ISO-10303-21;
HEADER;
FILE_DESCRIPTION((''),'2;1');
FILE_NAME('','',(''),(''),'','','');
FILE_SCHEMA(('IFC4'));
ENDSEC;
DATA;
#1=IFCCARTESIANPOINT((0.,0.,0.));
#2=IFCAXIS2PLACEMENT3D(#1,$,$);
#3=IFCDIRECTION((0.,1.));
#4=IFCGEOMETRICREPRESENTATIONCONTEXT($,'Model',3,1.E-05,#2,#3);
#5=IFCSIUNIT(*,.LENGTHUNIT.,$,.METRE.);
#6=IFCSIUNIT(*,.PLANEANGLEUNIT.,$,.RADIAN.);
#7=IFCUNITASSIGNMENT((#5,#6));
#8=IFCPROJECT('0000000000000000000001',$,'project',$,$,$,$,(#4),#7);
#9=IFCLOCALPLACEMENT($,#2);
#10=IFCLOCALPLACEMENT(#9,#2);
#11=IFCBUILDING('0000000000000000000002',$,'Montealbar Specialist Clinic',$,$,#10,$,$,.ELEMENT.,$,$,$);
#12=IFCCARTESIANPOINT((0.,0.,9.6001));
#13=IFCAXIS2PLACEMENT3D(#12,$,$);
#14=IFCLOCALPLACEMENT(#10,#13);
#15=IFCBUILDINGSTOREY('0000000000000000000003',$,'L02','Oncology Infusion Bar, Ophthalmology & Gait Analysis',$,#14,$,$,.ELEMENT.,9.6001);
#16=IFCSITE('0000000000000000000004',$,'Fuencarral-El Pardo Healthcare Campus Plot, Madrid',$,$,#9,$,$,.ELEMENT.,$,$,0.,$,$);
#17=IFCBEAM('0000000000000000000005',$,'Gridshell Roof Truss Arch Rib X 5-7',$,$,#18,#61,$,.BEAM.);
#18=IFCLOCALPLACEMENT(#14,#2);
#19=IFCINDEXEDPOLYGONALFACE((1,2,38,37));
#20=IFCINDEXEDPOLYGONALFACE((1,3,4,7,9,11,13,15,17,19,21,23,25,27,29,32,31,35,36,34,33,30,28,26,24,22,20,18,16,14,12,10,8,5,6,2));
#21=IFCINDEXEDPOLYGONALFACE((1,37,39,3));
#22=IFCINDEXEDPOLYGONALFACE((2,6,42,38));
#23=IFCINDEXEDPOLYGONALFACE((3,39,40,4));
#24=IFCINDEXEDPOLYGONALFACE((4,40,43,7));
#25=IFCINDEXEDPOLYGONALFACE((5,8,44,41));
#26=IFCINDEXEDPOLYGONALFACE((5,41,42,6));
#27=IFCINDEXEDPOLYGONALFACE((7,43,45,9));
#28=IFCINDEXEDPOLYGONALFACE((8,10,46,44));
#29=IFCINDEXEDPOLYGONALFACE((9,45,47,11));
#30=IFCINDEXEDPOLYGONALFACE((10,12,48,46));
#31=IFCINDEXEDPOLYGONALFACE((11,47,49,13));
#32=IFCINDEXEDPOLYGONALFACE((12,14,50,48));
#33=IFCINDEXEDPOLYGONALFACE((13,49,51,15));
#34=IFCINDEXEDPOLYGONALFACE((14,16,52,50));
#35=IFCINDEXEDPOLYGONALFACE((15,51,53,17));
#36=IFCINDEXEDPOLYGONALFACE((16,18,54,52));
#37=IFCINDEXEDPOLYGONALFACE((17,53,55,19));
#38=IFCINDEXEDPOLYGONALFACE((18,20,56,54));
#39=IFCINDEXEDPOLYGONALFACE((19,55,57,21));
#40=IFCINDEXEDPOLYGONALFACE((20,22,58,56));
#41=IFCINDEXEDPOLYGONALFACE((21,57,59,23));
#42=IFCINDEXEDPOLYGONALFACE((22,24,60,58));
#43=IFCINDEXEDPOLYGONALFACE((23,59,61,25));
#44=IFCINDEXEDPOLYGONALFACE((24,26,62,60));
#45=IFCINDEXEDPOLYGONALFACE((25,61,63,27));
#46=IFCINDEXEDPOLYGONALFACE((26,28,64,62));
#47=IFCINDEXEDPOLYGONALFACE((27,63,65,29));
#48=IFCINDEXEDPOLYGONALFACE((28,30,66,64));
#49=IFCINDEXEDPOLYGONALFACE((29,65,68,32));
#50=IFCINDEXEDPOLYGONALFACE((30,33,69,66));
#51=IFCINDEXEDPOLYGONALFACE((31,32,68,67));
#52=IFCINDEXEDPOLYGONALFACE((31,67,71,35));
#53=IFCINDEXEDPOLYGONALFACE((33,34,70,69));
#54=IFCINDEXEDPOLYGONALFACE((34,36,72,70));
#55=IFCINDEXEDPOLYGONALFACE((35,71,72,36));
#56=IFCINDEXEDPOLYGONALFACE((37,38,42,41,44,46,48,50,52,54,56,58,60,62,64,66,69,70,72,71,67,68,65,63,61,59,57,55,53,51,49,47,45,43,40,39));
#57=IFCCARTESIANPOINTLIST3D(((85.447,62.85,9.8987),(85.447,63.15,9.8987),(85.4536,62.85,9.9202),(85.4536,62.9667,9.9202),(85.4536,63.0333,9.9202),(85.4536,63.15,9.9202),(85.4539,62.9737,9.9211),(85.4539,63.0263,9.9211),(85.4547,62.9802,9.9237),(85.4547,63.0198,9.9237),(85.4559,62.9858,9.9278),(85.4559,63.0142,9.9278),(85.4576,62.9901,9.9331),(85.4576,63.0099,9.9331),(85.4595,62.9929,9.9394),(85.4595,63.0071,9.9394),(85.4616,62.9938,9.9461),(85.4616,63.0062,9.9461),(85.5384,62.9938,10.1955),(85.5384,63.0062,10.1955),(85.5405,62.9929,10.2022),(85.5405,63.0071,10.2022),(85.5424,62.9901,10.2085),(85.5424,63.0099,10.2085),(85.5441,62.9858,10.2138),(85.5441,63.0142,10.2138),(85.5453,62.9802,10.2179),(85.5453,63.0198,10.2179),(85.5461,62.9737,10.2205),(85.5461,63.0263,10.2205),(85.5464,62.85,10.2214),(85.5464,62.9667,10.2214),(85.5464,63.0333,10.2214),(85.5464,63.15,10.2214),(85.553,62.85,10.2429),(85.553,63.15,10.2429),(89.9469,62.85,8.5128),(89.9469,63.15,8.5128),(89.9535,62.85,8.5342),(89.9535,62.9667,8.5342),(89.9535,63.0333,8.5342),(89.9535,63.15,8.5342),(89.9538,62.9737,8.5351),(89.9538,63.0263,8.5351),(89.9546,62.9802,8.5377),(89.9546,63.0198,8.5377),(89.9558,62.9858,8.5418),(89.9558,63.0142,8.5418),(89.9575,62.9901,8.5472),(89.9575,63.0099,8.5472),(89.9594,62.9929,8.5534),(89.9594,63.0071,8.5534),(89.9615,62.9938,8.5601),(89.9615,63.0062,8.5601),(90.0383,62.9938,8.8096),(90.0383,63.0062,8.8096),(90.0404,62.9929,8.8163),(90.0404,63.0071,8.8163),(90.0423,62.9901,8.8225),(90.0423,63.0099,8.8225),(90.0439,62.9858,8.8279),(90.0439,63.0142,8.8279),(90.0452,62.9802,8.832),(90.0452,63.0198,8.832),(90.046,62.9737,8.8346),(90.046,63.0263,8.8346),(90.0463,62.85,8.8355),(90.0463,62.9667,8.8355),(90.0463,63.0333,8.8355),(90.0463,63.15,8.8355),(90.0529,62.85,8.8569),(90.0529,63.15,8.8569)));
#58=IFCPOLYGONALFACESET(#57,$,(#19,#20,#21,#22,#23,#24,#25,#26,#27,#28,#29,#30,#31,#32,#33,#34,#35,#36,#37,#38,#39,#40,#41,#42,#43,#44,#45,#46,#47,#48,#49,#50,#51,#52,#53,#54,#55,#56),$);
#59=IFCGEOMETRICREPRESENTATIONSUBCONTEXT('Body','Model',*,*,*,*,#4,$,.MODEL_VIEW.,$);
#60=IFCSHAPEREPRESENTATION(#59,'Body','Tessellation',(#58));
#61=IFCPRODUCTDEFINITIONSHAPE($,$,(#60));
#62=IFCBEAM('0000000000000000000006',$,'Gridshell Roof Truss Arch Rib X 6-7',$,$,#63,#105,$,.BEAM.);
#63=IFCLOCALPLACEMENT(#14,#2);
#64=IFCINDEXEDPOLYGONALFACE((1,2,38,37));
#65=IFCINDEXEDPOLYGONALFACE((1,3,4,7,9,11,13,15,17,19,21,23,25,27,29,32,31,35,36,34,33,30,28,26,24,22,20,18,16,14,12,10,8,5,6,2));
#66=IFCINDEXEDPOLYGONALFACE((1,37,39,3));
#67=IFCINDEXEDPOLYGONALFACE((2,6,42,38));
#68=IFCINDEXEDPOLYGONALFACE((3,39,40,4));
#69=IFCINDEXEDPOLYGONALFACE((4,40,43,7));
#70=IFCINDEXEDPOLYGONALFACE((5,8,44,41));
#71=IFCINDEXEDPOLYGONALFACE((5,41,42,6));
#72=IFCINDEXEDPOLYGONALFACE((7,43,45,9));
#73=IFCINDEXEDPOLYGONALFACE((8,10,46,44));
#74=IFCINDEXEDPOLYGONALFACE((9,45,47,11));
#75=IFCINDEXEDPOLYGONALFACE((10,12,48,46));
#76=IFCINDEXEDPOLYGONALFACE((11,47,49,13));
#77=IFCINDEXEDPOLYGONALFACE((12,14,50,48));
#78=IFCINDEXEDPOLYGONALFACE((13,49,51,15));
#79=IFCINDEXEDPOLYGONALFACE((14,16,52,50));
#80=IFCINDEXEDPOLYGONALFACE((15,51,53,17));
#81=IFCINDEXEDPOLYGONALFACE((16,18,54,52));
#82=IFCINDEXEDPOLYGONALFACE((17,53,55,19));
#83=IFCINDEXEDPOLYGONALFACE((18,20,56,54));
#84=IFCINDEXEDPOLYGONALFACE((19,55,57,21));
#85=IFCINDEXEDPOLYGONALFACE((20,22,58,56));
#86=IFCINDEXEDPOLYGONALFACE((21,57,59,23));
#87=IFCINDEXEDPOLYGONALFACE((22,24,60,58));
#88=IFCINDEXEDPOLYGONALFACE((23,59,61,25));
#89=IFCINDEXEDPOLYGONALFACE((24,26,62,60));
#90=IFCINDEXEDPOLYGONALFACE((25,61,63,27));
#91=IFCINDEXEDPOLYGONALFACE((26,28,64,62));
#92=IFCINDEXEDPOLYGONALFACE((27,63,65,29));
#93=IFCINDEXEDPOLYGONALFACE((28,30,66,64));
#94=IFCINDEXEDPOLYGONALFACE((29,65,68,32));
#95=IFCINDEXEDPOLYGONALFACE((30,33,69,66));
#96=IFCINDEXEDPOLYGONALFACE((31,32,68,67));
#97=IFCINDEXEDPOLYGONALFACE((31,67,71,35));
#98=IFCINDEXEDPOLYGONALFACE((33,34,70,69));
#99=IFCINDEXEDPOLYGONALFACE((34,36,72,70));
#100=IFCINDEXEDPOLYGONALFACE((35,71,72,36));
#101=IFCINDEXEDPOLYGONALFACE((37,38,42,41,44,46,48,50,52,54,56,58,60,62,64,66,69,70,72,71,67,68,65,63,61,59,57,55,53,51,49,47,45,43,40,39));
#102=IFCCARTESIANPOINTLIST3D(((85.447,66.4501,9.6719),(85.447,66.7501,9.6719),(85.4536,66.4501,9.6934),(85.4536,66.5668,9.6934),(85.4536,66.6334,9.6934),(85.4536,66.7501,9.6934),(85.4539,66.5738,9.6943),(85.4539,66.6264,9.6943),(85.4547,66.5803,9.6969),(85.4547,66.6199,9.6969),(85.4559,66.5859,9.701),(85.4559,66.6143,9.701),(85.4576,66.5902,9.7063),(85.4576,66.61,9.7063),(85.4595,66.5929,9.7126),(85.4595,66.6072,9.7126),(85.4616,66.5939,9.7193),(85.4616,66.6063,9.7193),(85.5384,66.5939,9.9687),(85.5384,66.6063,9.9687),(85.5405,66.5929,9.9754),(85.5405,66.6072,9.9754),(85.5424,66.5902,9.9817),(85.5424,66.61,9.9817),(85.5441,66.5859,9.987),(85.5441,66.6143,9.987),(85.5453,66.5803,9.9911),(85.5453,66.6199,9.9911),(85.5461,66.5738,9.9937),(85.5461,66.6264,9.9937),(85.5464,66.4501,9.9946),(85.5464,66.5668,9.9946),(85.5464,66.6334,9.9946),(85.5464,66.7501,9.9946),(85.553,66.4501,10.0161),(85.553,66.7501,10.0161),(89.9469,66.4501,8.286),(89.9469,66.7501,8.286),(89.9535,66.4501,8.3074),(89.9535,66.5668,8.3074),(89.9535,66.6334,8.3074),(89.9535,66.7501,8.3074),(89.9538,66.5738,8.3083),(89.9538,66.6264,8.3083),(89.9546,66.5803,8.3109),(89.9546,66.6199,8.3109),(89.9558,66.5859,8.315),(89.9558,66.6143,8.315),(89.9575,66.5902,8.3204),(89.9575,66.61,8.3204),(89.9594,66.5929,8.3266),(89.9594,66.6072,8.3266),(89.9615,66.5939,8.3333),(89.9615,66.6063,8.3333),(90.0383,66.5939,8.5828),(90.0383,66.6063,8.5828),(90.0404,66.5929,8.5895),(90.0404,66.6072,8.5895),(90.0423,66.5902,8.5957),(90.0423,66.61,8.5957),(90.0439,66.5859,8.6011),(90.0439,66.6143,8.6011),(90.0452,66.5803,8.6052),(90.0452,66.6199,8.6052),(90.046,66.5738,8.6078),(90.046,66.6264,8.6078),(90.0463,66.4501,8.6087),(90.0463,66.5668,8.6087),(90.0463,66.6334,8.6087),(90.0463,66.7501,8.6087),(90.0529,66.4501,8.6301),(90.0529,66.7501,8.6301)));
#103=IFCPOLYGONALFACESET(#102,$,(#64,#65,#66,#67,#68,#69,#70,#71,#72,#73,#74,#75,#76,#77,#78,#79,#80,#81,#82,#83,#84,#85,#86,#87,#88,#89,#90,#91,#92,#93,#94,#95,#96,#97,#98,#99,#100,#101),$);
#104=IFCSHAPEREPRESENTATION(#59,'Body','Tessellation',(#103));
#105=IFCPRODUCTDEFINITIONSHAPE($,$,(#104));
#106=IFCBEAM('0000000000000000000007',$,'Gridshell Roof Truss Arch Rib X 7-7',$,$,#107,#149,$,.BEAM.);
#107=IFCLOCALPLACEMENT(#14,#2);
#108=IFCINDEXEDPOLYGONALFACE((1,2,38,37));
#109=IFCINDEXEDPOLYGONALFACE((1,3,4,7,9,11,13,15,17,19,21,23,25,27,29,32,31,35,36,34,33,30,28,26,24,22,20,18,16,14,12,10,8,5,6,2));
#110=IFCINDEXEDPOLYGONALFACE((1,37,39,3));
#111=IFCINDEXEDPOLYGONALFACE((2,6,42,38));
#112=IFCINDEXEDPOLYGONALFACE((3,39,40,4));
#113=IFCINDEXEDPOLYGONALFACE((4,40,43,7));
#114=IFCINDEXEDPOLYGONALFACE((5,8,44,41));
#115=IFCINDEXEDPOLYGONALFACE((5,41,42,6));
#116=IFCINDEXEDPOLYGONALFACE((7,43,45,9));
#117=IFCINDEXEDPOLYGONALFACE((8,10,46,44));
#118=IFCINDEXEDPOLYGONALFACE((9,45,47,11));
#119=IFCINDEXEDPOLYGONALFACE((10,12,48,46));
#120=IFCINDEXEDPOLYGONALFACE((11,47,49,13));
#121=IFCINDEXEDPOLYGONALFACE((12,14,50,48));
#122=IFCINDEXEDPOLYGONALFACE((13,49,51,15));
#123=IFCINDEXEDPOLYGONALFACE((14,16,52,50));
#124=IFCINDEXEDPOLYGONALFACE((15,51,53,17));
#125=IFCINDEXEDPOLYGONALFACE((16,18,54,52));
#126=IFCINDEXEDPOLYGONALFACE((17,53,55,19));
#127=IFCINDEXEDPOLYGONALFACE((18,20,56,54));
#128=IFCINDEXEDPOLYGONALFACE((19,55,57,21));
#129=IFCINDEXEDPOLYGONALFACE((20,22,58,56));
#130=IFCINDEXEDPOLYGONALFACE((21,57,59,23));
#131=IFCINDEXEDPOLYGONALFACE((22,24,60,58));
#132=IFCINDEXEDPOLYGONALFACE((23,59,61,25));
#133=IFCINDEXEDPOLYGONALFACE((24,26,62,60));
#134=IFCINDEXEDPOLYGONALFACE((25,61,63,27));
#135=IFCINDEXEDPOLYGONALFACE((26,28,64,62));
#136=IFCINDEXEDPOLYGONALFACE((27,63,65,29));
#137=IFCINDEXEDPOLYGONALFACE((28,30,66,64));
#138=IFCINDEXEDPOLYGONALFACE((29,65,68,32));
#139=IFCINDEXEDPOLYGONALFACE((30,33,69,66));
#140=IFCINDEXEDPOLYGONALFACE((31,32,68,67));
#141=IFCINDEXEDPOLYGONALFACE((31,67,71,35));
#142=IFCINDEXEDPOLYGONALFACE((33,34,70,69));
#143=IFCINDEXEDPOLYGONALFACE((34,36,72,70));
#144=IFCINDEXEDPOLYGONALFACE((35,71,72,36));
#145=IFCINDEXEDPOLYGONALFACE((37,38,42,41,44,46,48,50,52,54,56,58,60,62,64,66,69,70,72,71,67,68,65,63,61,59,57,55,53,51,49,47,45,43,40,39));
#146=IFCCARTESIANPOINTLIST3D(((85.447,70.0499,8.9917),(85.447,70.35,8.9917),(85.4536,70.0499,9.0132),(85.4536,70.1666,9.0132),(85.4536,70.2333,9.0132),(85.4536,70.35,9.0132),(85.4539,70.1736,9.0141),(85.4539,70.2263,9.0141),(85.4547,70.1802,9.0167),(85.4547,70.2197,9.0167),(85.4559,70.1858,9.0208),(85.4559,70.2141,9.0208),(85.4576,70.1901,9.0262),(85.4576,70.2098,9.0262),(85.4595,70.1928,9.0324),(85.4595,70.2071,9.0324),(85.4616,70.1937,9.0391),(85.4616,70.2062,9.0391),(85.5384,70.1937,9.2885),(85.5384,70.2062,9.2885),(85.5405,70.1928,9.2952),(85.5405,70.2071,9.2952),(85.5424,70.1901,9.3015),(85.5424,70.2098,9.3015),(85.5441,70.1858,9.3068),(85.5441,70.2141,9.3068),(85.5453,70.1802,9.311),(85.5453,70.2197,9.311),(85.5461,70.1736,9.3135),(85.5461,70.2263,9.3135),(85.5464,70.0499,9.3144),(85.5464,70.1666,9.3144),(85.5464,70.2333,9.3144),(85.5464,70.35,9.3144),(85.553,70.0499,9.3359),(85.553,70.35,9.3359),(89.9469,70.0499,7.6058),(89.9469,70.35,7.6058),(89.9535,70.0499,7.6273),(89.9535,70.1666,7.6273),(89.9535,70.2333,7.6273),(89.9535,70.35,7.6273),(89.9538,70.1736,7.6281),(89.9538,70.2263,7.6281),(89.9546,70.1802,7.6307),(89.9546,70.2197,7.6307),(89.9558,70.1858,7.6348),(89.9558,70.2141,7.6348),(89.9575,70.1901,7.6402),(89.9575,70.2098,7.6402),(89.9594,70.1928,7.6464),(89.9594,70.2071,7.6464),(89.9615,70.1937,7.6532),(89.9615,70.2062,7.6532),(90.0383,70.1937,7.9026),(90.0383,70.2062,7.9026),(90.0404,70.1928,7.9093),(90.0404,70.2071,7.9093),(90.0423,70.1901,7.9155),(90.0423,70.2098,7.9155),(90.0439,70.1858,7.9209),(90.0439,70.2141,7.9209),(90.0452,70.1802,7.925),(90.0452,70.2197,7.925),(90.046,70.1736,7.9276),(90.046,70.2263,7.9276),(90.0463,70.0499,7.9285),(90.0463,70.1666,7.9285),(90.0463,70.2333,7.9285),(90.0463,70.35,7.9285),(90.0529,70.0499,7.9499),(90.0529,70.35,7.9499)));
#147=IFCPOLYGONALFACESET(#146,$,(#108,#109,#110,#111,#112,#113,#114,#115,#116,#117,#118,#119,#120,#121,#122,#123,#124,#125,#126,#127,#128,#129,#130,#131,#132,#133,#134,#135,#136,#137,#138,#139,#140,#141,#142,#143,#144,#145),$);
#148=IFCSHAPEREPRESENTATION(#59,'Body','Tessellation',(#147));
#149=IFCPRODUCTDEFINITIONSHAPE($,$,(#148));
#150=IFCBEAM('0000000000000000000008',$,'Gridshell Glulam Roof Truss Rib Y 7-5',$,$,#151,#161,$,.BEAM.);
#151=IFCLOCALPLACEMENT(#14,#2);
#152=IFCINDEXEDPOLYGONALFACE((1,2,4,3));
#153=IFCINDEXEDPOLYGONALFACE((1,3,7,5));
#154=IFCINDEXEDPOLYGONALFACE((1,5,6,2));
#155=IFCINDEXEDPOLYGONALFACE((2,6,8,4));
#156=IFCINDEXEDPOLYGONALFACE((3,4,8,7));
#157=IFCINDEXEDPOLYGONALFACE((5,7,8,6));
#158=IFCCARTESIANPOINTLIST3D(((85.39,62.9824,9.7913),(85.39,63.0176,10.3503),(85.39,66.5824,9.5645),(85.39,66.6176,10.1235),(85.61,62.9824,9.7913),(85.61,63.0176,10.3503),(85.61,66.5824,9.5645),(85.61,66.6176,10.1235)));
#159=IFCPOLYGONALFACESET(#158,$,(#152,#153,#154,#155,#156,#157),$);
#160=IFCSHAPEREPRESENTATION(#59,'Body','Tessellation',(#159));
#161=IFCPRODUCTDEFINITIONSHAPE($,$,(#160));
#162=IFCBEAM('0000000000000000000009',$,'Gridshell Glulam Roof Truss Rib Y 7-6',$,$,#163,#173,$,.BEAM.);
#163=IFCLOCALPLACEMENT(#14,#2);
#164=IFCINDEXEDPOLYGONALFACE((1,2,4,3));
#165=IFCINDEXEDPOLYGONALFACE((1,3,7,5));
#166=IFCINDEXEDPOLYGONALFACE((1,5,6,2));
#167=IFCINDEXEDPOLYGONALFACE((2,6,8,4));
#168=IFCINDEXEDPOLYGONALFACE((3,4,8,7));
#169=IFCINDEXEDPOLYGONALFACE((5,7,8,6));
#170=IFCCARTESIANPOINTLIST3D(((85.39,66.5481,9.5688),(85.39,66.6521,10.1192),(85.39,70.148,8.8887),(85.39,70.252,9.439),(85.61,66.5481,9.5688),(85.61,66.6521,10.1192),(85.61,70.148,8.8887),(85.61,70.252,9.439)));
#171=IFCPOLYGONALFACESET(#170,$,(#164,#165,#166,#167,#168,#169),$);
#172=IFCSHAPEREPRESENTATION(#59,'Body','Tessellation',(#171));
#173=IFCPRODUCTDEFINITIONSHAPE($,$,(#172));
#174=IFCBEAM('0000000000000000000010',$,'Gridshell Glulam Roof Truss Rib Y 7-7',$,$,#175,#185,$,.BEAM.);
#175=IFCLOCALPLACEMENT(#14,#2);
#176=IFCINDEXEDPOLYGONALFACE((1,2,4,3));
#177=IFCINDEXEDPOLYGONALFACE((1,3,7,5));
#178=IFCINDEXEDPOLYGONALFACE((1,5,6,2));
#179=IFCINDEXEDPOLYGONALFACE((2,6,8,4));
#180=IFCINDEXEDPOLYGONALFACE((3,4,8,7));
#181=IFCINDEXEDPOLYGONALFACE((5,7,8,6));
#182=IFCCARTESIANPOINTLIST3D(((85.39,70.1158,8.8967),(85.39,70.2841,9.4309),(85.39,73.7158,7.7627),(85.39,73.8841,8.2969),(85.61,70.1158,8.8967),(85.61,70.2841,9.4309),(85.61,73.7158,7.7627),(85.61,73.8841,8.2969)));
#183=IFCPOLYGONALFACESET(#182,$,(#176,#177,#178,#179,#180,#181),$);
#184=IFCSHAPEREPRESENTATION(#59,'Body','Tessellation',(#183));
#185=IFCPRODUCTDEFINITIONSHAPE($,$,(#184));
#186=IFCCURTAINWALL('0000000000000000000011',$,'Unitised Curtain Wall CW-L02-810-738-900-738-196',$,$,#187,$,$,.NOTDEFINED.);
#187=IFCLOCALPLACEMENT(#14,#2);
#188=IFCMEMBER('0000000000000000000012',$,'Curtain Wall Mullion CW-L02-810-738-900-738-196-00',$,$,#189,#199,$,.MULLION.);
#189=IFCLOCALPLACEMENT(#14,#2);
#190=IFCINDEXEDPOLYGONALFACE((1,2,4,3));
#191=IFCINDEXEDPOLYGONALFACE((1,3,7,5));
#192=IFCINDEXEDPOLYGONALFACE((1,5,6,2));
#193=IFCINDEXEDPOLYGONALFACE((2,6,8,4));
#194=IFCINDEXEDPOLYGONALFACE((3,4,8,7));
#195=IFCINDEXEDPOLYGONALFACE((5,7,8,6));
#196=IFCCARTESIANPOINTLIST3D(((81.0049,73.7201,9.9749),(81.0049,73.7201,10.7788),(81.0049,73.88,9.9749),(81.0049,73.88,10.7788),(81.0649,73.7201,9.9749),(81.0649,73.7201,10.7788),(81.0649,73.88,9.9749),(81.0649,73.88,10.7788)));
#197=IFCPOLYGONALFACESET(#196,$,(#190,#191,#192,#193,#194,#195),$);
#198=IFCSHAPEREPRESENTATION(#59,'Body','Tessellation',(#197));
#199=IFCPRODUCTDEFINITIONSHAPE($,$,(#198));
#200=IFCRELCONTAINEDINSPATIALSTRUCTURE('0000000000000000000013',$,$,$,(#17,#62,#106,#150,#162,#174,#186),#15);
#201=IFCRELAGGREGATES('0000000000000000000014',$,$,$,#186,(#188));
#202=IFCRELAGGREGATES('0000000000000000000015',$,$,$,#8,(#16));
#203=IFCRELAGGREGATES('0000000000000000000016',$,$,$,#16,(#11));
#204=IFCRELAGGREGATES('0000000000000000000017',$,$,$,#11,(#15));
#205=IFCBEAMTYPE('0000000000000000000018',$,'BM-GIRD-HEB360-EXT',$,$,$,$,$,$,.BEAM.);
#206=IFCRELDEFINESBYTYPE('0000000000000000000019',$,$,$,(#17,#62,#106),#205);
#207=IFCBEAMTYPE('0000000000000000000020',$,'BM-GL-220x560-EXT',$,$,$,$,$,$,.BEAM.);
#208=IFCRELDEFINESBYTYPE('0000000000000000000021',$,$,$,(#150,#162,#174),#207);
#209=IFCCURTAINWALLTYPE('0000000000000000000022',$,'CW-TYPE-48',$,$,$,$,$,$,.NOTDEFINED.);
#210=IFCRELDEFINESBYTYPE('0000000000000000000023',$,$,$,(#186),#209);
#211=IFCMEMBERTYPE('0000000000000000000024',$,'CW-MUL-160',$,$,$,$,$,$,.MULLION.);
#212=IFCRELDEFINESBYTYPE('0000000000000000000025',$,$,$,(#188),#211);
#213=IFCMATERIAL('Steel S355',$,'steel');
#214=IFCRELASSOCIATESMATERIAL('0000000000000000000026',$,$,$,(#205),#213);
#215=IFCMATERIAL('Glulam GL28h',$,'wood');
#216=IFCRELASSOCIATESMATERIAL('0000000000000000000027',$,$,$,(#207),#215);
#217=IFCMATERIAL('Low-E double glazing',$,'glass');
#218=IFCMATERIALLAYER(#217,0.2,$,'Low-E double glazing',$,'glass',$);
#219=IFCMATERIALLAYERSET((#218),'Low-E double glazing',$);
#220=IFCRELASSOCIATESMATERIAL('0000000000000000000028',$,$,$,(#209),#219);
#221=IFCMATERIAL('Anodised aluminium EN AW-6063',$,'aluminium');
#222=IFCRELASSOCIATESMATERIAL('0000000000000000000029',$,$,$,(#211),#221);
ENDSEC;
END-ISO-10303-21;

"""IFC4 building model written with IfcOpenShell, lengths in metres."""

from ifc_helpers import new_model, si_unit, direction, frame, origin, origin_2d, place, context, subcontext, project, spatial, rectangle, i_section, extrude, material, layer, layer_set, material_profile, profile_set, type_object, element, aggregate, save


model = new_model("IFC4")

# Units and contexts
model_context = context("Model", 3, precision=1e-05, world=origin(), true_north=direction((0.0, 1.0)))
body_context = subcontext(model_context, "Body", "Model", "MODEL_VIEW")
ifc_project = project(units=[si_unit("LENGTHUNIT", "METRE"), si_unit("PLANEANGLEUNIT", "RADIAN")], contexts=[model_context])

# Site, building, storey
site_placement = place(None, origin())
site = spatial("IfcSite", under=ifc_project, at=site_placement, Name="Fuencarral-El Pardo Healthcare Campus Plot, Madrid", CompositionType="ELEMENT", RefElevation=0.0)
building_placement = place(site_placement, origin())
building = spatial("IfcBuilding", under=site, at=building_placement, Name="Montealbar Specialist Clinic", CompositionType="ELEMENT")
storey_placement = place(building_placement, frame((0.0, 0.0, 9.6001)))
storey = spatial("IfcBuildingStorey", under=building, at=storey_placement, Name="L02", Description="Oncology Infusion Bar, Ophthalmology & Gait Analysis", CompositionType="ELEMENT", Elevation=9.6001)

# Beams
ifc_material_1 = material(Name="Steel S355", Category="steel")
ifc_material_profile_1 = material_profile(ifc_material_1, i_section(OverallWidth=0.3, OverallDepth=0.3601, WebThickness=0.0125, FlangeThickness=0.0225, FilletRadius=0.0271, at=origin_2d()), Name="HEB 360", Category="steel")
ifc_profile_set_1 = profile_set([ifc_material_profile_1], Name="Steel S355")
beam_type_1 = type_object("IfcBeamType", Name="BM-GIRD-HEB360-EXT", PredefinedType="BEAM", material=ifc_profile_set_1)
for number, where, z_axis, x_axis, name in (
    (1, (85.5, 63.0, 10.0708), (0.955697, 0.0, -0.294352), (0.0, 1.0, 0.0), "Gridshell Roof Truss Arch Rib X 5-7"),
    (2, (85.5, 66.6001, 9.844), (0.955697, 0.0, -0.294352), (0.0, 1.0, 0.0), "Gridshell Roof Truss Arch Rib X 6-7"),
    (3, (85.5, 70.2, 9.1638), (0.955697, 0.0, -0.294352), (0.0, 1.0, 0.0), "Gridshell Roof Truss Arch Rib X 7-7"),
):
    element("IfcBeam", number, at=place(storey_placement, frame(where, z_axis=z_axis, x_axis=x_axis)), inside=storey, type_object=beam_type_1, Name=name, PredefinedType="BEAM", context=body_context, shape_type="SweptSolid", body=[
        extrude(i_section(OverallWidth=0.3, OverallDepth=0.3601, WebThickness=0.0125, FlangeThickness=0.0225, FilletRadius=0.0271, at=origin_2d()), origin(), (0.0, 0.0, 1.0), 4.7085),
    ])
ifc_material_2 = material(Name="Glulam GL28h", Category="wood")
ifc_material_profile_2 = material_profile(ifc_material_2, rectangle(XDim=0.22, YDim=0.5601, at=origin_2d()), Name="GL28h 220x560", Category="wood")
ifc_profile_set_2 = profile_set([ifc_material_profile_2], Name="Glulam GL28h")
beam_type_2 = type_object("IfcBeamType", Name="BM-GL-220x560-EXT", PredefinedType="BEAM", material=ifc_profile_set_2)
beam_1_placement = place(storey_placement, frame((85.5, 63.0, 10.0708), z_axis=(0.0, 0.998021, -0.062875), x_axis=(-1.0, 0.0, 0.0)))
element("IfcBeam", 4, at=beam_1_placement, inside=storey, type_object=beam_type_2, Name="Gridshell Glulam Roof Truss Rib Y 7-5", PredefinedType="BEAM", context=body_context, shape_type="SweptSolid", body=[
    extrude(rectangle(XDim=0.22, YDim=0.5601, at=origin_2d()), origin(), (0.0, 0.0, 1.0), 3.6072),
])
beam_2_placement = place(storey_placement, frame((85.5, 66.6001, 9.844), z_axis=(0.0, 0.982614, -0.18566), x_axis=(-1.0, 0.0, 0.0)))
element("IfcBeam", 5, at=beam_2_placement, inside=storey, type_object=beam_type_2, Name="Gridshell Glulam Roof Truss Rib Y 7-6", PredefinedType="BEAM", context=body_context, shape_type="SweptSolid", body=[
    extrude(rectangle(XDim=0.22, YDim=0.5601, at=origin_2d()), origin(), (0.0, 0.0, 1.0), 3.6636),
])
beam_3_placement = place(storey_placement, frame((85.5, 70.2, 9.1638), z_axis=(0.0, 0.953798, -0.300447), x_axis=(-1.0, 0.0, 0.0)))
element("IfcBeam", 6, at=beam_3_placement, inside=storey, type_object=beam_type_2, Name="Gridshell Glulam Roof Truss Rib Y 7-7", PredefinedType="BEAM", context=body_context, shape_type="SweptSolid", body=[
    extrude(rectangle(XDim=0.22, YDim=0.5601, at=origin_2d()), origin(), (0.0, 0.0, 1.0), 3.7744),
])

# Curtain wall, member
ifc_material_3 = material(Name="Low-E double glazing", Category="glass")
ifc_layer_1 = layer(ifc_material_3, 0.2, Name="Low-E double glazing", Category="glass")
ifc_layer_set_1 = layer_set([ifc_layer_1], Name="Low-E double glazing")
curtain_wall_type = type_object("IfcCurtainWallType", Name="CW-TYPE-48", PredefinedType="NOTDEFINED", material=ifc_layer_set_1)
curtain_wall_placement = place(storey_placement, origin())
curtain_wall = element("IfcCurtainWall", 7, at=curtain_wall_placement, inside=storey, type_object=curtain_wall_type, Name="Unitised Curtain Wall CW-L02-810-738-900-738-196", PredefinedType="NOTDEFINED")
ifc_material_4 = material(Name="Anodised aluminium EN AW-6063", Category="aluminium")
ifc_material_profile_3 = material_profile(ifc_material_4, rectangle(XDim=0.0601, YDim=0.1599, at=origin_2d()), Name="ALU 60x160", Category="aluminium")
ifc_profile_set_3 = profile_set([ifc_material_profile_3], Name="Anodised aluminium EN AW-6063")
member_type_1 = type_object("IfcMemberType", Name="CW-MUL-160", PredefinedType="MULLION", material=ifc_profile_set_3)
member_1_placement = place(storey_placement, frame((81.0349, 73.8, 9.9749), z_axis=(0.0, 0.0, 1.0), x_axis=(1.0, 0.0, 0.0)))
member_1 = element("IfcMember", 8, at=member_1_placement, type_object=member_type_1, Name="Curtain Wall Mullion CW-L02-810-738-900-738-196-00", PredefinedType="MULLION", context=body_context, shape_type="SweptSolid", body=[
    extrude(rectangle(XDim=0.0601, YDim=0.1599, at=origin_2d()), origin(), (0.0, 0.0, 1.0), 0.804),
])

aggregate(curtain_wall, [member_1])

save(model, "model.ifc")
